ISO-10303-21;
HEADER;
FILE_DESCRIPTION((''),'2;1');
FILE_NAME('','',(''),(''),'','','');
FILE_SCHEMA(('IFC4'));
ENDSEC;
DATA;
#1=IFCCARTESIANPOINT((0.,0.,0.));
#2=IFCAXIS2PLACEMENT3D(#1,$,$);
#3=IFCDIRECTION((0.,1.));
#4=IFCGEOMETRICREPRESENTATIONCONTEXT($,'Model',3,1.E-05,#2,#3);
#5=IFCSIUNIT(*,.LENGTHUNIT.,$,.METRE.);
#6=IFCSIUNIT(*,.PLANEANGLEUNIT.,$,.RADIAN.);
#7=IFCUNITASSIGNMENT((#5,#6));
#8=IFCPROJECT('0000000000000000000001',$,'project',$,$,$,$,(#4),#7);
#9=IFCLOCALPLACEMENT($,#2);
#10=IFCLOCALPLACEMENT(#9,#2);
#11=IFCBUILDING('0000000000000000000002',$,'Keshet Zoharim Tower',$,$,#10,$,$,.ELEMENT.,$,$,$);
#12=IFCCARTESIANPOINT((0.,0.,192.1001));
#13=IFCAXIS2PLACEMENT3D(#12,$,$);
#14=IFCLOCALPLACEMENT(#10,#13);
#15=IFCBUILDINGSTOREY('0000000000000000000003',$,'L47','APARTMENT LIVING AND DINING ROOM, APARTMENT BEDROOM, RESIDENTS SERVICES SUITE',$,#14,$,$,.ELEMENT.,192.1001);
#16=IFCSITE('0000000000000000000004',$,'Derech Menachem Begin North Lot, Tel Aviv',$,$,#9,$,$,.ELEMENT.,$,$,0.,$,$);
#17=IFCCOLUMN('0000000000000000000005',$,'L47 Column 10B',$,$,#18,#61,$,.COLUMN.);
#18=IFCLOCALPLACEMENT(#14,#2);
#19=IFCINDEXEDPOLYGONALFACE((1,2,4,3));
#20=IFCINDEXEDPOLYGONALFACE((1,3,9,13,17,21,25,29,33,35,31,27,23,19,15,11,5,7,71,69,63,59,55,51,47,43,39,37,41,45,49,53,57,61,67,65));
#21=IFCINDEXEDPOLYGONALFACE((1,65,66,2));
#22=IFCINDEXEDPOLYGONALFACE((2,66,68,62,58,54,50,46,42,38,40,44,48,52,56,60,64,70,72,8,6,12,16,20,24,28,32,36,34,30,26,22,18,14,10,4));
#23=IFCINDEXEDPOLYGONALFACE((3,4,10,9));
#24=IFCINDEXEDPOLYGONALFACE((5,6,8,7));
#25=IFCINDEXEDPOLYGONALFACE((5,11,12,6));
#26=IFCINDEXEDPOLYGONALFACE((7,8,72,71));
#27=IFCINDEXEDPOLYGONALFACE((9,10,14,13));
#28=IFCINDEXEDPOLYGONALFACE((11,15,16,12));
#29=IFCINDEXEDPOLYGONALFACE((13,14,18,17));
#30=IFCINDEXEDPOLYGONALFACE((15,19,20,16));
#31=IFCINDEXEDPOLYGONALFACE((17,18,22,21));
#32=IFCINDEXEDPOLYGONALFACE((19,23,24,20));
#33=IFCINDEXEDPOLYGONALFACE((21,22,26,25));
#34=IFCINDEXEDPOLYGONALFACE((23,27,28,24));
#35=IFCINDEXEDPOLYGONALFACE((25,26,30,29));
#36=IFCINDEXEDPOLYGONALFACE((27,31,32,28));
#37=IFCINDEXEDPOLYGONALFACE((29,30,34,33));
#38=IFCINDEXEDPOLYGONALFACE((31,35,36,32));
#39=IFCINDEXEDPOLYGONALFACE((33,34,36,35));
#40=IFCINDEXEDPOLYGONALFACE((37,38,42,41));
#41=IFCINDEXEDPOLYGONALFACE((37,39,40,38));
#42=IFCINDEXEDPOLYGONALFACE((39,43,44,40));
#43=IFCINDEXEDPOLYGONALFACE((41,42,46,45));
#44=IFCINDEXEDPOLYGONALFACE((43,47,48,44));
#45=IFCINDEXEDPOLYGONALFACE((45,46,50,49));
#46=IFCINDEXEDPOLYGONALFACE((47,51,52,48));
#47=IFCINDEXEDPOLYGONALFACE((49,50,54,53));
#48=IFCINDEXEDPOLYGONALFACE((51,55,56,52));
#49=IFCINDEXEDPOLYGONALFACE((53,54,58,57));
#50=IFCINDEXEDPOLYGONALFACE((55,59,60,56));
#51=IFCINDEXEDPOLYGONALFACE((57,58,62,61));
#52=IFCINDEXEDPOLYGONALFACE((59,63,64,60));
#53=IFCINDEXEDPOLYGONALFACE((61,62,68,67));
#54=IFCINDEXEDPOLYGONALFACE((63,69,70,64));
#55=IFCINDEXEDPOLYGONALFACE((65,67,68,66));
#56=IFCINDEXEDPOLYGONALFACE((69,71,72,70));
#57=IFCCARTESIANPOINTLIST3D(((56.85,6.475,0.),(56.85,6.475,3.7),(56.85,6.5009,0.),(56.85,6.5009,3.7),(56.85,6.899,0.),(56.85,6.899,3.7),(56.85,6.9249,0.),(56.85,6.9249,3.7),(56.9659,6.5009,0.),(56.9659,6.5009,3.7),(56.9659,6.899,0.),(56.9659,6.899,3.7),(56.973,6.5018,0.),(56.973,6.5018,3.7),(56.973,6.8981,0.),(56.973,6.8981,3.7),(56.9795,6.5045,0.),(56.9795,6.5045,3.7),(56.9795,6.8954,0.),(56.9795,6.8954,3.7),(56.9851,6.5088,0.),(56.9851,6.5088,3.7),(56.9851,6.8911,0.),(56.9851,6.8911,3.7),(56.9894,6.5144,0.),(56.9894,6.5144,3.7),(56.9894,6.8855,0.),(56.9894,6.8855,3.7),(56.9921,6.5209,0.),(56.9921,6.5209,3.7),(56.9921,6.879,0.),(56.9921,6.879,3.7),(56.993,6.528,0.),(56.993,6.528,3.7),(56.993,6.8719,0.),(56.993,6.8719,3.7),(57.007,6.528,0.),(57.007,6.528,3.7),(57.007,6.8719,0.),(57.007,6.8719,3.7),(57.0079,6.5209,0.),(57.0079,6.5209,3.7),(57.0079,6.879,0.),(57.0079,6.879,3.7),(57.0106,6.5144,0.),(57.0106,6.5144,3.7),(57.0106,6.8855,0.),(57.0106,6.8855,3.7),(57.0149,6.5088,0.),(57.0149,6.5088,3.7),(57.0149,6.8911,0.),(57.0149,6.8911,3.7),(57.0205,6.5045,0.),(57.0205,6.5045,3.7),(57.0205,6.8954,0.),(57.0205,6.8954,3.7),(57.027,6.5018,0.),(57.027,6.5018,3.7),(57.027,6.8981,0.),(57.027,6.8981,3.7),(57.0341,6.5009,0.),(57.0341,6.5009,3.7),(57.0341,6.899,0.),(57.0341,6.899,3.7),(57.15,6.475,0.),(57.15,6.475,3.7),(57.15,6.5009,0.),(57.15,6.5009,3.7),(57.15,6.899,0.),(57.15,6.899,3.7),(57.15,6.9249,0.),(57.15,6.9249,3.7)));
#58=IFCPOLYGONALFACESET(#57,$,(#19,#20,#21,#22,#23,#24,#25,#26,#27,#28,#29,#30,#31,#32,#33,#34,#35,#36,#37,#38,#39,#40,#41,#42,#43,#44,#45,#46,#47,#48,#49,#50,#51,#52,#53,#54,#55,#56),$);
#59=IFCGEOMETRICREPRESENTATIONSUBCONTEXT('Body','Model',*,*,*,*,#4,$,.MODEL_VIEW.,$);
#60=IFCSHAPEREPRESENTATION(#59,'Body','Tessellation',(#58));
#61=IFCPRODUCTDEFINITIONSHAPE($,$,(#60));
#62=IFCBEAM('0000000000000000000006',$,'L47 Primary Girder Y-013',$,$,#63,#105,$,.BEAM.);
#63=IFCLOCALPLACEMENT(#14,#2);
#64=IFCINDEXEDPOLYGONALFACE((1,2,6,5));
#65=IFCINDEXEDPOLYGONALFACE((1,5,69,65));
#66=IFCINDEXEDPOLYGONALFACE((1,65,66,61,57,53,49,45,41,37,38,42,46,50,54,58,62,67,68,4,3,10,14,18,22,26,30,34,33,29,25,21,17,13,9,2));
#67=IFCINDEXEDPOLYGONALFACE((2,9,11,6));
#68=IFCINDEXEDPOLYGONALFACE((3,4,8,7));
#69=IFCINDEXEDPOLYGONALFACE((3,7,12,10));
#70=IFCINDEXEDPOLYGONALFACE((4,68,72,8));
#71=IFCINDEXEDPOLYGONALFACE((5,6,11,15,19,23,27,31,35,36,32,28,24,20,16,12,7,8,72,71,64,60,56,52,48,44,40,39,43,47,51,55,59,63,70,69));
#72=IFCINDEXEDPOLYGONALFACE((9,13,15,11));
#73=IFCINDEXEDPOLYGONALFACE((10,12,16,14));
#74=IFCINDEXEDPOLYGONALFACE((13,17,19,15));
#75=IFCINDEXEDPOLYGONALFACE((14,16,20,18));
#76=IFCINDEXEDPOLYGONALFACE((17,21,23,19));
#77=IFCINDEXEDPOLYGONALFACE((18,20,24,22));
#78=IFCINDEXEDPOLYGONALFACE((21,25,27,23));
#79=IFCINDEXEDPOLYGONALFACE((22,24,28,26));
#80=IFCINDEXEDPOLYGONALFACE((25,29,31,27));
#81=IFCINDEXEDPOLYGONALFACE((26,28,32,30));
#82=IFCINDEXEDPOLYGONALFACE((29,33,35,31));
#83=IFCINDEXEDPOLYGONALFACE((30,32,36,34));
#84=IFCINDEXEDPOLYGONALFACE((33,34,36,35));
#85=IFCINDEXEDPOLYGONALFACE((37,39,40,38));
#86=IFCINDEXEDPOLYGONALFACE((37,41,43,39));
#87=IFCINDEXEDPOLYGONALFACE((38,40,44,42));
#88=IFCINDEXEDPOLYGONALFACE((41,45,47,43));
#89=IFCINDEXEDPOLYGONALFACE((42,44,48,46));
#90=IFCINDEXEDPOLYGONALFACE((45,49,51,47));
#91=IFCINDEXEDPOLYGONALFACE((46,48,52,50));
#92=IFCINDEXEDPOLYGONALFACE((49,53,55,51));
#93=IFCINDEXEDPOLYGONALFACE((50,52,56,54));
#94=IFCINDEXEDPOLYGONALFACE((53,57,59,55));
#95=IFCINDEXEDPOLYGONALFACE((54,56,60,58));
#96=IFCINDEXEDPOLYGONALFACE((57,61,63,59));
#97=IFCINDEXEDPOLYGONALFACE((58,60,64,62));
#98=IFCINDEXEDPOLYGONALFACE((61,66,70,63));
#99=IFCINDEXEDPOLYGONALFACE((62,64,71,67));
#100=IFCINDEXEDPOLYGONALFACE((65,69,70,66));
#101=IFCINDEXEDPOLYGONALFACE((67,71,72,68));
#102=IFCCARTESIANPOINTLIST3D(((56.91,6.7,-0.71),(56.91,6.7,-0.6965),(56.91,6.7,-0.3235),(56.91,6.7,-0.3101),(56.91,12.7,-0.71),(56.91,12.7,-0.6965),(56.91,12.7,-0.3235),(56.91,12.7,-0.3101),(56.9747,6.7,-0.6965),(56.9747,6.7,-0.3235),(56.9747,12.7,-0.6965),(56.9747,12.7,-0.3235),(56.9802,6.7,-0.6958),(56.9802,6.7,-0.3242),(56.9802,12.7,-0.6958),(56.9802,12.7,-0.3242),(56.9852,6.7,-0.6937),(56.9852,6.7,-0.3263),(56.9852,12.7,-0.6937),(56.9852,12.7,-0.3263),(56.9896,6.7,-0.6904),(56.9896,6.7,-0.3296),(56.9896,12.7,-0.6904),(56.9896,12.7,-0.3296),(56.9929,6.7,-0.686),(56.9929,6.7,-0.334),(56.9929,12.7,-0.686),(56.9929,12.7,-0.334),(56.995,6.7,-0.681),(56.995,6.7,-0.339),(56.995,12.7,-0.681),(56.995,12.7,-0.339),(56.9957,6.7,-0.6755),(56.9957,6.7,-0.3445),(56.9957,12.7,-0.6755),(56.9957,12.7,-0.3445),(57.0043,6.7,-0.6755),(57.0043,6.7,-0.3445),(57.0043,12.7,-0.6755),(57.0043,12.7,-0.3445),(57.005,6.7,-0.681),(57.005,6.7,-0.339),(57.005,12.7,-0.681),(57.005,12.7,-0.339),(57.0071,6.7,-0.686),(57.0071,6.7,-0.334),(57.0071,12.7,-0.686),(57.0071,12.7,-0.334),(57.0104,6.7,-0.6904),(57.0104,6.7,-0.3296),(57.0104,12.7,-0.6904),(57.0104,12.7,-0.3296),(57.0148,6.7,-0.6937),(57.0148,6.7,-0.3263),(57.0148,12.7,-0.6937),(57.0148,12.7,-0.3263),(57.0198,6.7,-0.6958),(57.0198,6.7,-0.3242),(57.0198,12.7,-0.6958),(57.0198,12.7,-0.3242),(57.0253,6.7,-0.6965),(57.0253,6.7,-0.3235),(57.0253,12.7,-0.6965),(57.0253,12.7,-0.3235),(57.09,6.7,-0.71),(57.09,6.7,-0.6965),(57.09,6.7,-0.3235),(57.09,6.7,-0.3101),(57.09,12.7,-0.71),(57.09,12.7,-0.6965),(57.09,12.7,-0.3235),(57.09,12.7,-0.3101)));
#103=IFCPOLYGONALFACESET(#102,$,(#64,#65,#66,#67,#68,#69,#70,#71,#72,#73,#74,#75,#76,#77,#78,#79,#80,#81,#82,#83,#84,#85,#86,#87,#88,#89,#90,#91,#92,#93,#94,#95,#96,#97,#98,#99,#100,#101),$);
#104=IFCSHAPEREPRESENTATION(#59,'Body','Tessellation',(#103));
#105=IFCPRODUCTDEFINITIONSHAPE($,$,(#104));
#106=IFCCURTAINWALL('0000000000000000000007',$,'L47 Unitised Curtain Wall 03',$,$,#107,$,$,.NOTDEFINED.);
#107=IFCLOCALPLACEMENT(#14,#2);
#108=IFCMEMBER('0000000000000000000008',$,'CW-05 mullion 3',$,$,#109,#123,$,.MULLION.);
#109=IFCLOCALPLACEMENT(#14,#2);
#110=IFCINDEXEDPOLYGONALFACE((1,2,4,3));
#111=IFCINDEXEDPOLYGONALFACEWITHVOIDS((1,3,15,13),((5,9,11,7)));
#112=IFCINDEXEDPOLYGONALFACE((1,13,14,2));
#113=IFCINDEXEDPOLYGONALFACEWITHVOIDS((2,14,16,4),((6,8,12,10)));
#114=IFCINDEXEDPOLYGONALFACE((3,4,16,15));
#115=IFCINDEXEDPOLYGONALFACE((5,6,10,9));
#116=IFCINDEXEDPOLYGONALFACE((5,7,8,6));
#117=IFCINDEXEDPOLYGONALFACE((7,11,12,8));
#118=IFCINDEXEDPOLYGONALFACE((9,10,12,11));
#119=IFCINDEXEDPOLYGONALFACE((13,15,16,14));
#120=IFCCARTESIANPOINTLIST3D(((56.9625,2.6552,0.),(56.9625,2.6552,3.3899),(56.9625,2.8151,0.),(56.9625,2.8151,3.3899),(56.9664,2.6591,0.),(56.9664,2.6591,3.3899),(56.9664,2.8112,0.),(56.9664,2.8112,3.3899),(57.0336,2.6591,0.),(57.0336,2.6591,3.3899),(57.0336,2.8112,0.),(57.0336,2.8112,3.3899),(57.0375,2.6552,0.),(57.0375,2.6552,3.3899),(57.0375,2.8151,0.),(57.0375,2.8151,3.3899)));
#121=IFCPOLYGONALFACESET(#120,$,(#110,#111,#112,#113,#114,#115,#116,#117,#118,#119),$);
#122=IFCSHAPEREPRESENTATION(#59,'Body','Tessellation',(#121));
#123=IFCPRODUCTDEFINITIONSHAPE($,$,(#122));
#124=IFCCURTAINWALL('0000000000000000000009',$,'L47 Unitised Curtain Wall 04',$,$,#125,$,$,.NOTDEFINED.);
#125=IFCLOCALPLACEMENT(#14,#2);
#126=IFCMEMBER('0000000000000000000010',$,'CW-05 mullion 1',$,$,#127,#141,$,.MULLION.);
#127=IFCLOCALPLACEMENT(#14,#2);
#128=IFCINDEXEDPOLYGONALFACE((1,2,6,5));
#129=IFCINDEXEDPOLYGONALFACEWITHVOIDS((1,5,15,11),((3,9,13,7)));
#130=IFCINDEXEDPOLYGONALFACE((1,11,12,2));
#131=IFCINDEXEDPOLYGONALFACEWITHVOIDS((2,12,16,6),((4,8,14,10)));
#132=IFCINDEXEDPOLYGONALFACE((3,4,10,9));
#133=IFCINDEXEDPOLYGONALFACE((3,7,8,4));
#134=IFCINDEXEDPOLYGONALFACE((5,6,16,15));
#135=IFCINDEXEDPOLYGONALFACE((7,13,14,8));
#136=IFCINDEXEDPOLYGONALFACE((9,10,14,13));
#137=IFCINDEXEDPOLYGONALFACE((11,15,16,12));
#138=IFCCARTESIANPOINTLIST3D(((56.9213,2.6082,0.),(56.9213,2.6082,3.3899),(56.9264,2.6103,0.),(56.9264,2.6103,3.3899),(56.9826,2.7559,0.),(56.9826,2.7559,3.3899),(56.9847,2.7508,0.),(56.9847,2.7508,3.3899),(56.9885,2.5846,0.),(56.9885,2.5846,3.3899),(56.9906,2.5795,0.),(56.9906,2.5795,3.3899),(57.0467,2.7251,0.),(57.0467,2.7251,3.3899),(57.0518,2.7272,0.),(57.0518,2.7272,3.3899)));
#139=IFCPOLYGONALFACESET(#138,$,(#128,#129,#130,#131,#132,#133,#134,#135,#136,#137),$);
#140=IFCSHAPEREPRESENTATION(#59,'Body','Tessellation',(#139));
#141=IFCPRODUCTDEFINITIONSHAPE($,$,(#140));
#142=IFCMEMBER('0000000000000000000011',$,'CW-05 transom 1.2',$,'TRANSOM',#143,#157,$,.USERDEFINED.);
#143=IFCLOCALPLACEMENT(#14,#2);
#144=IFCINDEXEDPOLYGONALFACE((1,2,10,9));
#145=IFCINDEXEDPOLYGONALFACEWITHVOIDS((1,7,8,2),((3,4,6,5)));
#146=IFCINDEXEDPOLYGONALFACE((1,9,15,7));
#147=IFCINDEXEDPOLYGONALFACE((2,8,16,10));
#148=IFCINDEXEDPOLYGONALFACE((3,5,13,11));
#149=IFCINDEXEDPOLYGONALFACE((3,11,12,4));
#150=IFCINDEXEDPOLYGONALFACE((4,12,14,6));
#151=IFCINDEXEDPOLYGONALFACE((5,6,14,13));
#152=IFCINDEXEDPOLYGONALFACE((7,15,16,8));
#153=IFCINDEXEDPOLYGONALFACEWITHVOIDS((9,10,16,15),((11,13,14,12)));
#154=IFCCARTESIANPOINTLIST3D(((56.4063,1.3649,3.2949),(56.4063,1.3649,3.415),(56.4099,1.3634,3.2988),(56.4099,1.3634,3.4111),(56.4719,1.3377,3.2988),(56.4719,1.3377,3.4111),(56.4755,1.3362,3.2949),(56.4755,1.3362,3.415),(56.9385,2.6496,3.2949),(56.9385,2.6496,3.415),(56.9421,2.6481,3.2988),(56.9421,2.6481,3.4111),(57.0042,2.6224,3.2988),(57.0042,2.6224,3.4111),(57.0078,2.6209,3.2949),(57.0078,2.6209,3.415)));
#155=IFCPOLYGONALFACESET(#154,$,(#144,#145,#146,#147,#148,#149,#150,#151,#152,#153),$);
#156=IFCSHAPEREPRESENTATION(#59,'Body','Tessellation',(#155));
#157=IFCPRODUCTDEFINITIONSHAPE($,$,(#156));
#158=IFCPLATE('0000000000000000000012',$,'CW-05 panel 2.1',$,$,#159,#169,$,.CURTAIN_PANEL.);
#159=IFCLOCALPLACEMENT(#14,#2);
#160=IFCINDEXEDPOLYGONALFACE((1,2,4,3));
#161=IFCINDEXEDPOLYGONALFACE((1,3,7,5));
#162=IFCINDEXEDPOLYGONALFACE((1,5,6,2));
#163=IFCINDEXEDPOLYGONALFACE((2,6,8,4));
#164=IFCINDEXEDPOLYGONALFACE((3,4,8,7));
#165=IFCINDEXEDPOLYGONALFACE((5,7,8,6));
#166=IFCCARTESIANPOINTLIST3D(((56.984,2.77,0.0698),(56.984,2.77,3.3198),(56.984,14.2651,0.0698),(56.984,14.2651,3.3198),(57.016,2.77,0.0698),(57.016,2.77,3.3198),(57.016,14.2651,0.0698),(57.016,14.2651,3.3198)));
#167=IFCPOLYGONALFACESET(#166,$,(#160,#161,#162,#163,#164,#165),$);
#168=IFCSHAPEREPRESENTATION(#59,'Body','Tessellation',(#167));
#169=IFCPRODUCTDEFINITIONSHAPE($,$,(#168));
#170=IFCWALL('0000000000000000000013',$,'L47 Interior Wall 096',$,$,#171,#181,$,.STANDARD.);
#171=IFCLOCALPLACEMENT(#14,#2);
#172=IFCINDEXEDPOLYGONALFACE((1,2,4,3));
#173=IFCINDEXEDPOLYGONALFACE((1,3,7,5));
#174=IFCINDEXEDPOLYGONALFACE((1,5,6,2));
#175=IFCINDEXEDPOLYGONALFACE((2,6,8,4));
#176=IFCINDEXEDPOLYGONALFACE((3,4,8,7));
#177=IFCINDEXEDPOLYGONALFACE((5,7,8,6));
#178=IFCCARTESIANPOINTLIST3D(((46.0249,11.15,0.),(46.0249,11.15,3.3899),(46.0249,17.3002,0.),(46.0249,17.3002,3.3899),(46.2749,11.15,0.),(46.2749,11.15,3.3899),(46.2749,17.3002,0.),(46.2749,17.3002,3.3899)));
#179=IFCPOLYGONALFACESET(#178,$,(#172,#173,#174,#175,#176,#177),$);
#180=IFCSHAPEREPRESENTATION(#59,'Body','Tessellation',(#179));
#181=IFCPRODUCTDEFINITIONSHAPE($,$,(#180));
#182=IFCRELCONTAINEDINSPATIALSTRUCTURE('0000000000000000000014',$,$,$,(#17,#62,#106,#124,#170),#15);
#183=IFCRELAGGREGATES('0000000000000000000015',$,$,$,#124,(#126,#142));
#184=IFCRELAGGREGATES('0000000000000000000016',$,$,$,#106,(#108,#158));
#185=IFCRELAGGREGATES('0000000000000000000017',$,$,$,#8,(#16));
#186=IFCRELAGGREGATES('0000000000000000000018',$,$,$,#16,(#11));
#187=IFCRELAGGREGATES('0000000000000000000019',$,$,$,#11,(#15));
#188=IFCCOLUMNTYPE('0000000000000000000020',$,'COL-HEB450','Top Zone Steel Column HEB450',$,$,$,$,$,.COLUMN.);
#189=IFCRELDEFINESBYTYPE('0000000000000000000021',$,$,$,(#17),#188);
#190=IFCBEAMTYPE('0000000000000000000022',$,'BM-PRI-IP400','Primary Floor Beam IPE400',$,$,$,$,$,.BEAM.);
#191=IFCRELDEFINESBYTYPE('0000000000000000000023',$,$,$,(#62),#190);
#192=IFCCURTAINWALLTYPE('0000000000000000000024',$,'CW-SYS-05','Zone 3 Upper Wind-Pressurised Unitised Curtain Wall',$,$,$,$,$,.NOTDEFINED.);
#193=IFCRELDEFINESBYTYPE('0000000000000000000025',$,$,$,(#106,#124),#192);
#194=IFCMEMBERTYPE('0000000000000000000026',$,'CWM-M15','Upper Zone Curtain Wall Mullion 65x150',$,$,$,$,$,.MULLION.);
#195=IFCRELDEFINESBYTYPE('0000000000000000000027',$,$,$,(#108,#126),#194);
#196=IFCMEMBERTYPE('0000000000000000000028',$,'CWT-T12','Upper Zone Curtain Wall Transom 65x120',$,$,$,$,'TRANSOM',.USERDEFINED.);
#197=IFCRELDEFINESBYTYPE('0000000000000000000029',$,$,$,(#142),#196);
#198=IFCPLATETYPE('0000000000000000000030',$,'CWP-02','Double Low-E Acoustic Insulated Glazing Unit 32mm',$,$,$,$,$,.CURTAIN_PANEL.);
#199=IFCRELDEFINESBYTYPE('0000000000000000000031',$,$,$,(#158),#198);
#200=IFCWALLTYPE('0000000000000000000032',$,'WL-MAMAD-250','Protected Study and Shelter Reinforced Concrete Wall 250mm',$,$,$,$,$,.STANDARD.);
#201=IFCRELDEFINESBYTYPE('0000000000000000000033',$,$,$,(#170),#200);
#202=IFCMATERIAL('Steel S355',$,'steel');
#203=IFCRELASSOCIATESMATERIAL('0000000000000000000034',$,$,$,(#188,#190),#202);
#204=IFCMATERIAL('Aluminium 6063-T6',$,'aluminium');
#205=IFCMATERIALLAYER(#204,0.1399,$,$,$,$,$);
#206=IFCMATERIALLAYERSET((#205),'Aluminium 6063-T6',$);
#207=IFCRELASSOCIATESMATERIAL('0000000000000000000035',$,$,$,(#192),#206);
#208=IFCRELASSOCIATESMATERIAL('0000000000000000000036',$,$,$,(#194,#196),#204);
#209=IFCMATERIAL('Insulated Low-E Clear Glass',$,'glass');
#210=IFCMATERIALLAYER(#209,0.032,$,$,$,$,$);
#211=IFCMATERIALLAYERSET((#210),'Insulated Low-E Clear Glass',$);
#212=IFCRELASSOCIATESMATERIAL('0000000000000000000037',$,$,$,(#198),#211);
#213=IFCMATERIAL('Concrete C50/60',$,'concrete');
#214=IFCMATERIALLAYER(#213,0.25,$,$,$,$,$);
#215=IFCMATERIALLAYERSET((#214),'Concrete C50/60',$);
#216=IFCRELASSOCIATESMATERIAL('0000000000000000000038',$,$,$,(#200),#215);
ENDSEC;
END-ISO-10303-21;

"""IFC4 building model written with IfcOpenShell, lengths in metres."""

from ifc_helpers import new_model, si_unit, direction, frame, frame_2d, origin, origin_2d, place, context, subcontext, project, spatial, rectangle, hollow_rectangle, i_section, extrude, material, layer, layer_set, material_profile, profile_set, type_object, element, aggregate, save


model = new_model("IFC4")

# Units and contexts
model_context = context("Model", 3, precision=1e-05, world=origin(), true_north=direction((0.0, 1.0)))
body_context = subcontext(model_context, "Body", "Model", "MODEL_VIEW")
ifc_project = project(units=[si_unit("LENGTHUNIT", "METRE"), si_unit("PLANEANGLEUNIT", "RADIAN")], contexts=[model_context])

# Site, building, storey
site_placement = place(None, origin())
site = spatial("IfcSite", under=ifc_project, at=site_placement, Name="Derech Menachem Begin North Lot, Tel Aviv", CompositionType="ELEMENT", RefElevation=0.0)
building_placement = place(site_placement, origin())
building = spatial("IfcBuilding", under=site, at=building_placement, Name="Keshet Zoharim Tower", CompositionType="ELEMENT")
storey_placement = place(building_placement, frame((0.0, 0.0, 192.1001)))
storey = spatial("IfcBuildingStorey", under=building, at=storey_placement, Name="L47", Description="APARTMENT LIVING AND DINING ROOM, APARTMENT BEDROOM, RESIDENTS SERVICES SUITE", CompositionType="ELEMENT", Elevation=192.1001)

# Column
ifc_material_1 = material(Name="Steel S355", Category="steel")
ifc_material_profile_1 = material_profile(ifc_material_1, i_section(OverallWidth=0.3, OverallDepth=0.45, WebThickness=0.0139, FlangeThickness=0.0259, FilletRadius=0.0271, at=origin_2d()), Name="HEB450")
ifc_profile_set_1 = profile_set([ifc_material_profile_1], Name="Steel S355")
column_type = type_object("IfcColumnType", Name="COL-HEB450", Description="Top Zone Steel Column HEB450", PredefinedType="COLUMN", material=ifc_profile_set_1)
column_placement = place(storey_placement, frame((57.0, 6.7, 0.0), z_axis=(0.0, 0.0, 1.0), x_axis=(1.0, 0.0, 0.0)))
element("IfcColumn", 1, at=column_placement, inside=storey, type_object=column_type, Name="L47 Column 10B", PredefinedType="COLUMN", context=body_context, shape_type="SweptSolid", body=[
    extrude(i_section(OverallWidth=0.3, OverallDepth=0.45, WebThickness=0.0139, FlangeThickness=0.0259, FilletRadius=0.0271, at=origin_2d()), origin(), (0.0, 0.0, 1.0), 3.7),
])

# Beam
ifc_material_profile_2 = material_profile(ifc_material_1, i_section(OverallWidth=0.1799, OverallDepth=0.3999, WebThickness=0.0085, FlangeThickness=0.0134, FilletRadius=0.021, at=origin_2d()), Name="IPE400")
ifc_profile_set_2 = profile_set([ifc_material_profile_2], Name="Steel S355")
beam_type = type_object("IfcBeamType", Name="BM-PRI-IP400", Description="Primary Floor Beam IPE400", PredefinedType="BEAM", material=ifc_profile_set_2)
beam_placement = place(storey_placement, frame((57.0, 6.7, -0.51), z_axis=(0.0, 1.0, 0.0), x_axis=(-1.0, 0.0, 0.0)))
element("IfcBeam", 2, at=beam_placement, inside=storey, type_object=beam_type, Name="L47 Primary Girder Y-013", PredefinedType="BEAM", context=body_context, shape_type="SweptSolid", body=[
    extrude(i_section(OverallWidth=0.1799, OverallDepth=0.3999, WebThickness=0.0085, FlangeThickness=0.0134, FilletRadius=0.021, at=origin_2d()), origin(), (0.0, 0.0, 1.0), 6.0),
])

# Curtain wall, member
ifc_material_2 = material(Name="Aluminium 6063-T6", Category="aluminium")
ifc_layer_1 = layer(ifc_material_2, 0.1399)
ifc_layer_set_1 = layer_set([ifc_layer_1], Name="Aluminium 6063-T6")
curtain_wall_type = type_object("IfcCurtainWallType", Name="CW-SYS-05", Description="Zone 3 Upper Wind-Pressurised Unitised Curtain Wall", PredefinedType="NOTDEFINED", material=ifc_layer_set_1)
curtain_wall_1_placement = place(storey_placement, origin())
curtain_wall_1 = element("IfcCurtainWall", 3, at=curtain_wall_1_placement, inside=storey, type_object=curtain_wall_type, Name="L47 Unitised Curtain Wall 03", PredefinedType="NOTDEFINED")
ifc_material_profile_3 = material_profile(ifc_material_2, hollow_rectangle(XDim=0.075, YDim=0.1599, WallThickness=0.0039, at=origin_2d()), Name="MUL-75x160")
ifc_profile_set_3 = profile_set([ifc_material_profile_3], Name="Aluminium 6063-T6")
member_type_1 = type_object("IfcMemberType", Name="CWM-M15", Description="Upper Zone Curtain Wall Mullion 65x150", PredefinedType="MULLION", material=ifc_profile_set_3)
member_1_placement = place(storey_placement, frame((57.0, 2.7351, 0.0), z_axis=(0.0, 0.0, 1.0), x_axis=(1.0, 0.0, 0.0)))
member_1 = element("IfcMember", 4, at=member_1_placement, type_object=member_type_1, Name="CW-05 mullion 3", PredefinedType="MULLION", context=body_context, shape_type="SweptSolid", body=[
    extrude(hollow_rectangle(XDim=0.075, YDim=0.1599, WallThickness=0.0039, at=origin_2d()), origin(), (0.0, 0.0, 1.0), 3.3899),
])

# Curtain wall, members
curtain_wall_2_placement = place(storey_placement, origin())
curtain_wall_2 = element("IfcCurtainWall", 5, at=curtain_wall_2_placement, inside=storey, type_object=curtain_wall_type, Name="L47 Unitised Curtain Wall 04", PredefinedType="NOTDEFINED")
member_2_placement = place(storey_placement, frame((56.9866, 2.6677, 0.0), z_axis=(0.0, 0.0, 1.0), x_axis=(0.92381, -0.382852, 0.0)))
member_2 = element("IfcMember", 6, at=member_2_placement, type_object=member_type_1, Name="CW-05 mullion 1", PredefinedType="MULLION", context=body_context, shape_type="SweptSolid", body=[
    extrude(hollow_rectangle(XDim=0.075, YDim=0.1599, WallThickness=0.0039, at=origin_2d()), origin(), (0.0, 0.0, 1.0), 3.3899),
])
ifc_material_profile_4 = material_profile(ifc_material_2, hollow_rectangle(XDim=0.075, YDim=0.1201, WallThickness=0.0039, at=origin_2d()), Name="TRN-75x120")
ifc_profile_set_4 = profile_set([ifc_material_profile_4], Name="Aluminium 6063-T6")
member_type_2 = type_object("IfcMemberType", Name="CWT-T12", Description="Upper Zone Curtain Wall Transom 65x120", ElementType="TRANSOM", PredefinedType="USERDEFINED", material=ifc_profile_set_4)
member_3_placement = place(storey_placement, frame((56.9731, 2.6353, 3.355), z_axis=(-0.382745, -0.923854, 0.0), x_axis=(0.923854, -0.382745, 0.0)))
member_3 = element("IfcMember", 7, at=member_3_placement, type_object=member_type_2, Name="CW-05 transom 1.2", ObjectType="TRANSOM", PredefinedType="USERDEFINED", context=body_context, shape_type="SweptSolid", body=[
    extrude(hollow_rectangle(XDim=0.075, YDim=0.1201, WallThickness=0.0039, at=origin_2d()), origin(), (0.0, 0.0, 1.0), 1.3906),
])
aggregate(curtain_wall_2, [member_2, member_3])

# Plate
ifc_material_3 = material(Name="Insulated Low-E Clear Glass", Category="glass")
ifc_layer_2 = layer(ifc_material_3, 0.032)
ifc_layer_set_2 = layer_set([ifc_layer_2], Name="Insulated Low-E Clear Glass")
plate_type = type_object("IfcPlateType", Name="CWP-02", Description="Double Low-E Acoustic Insulated Glazing Unit 32mm", PredefinedType="CURTAIN_PANEL", material=ifc_layer_set_2)
plate_placement = place(storey_placement, frame((57.0, 8.5176, 0.0698), z_axis=(0.0, 0.0, 1.0), x_axis=(0.0, -1.0, 0.0)))
plate = element("IfcPlate", 8, at=plate_placement, type_object=plate_type, Name="CW-05 panel 2.1", PredefinedType="CURTAIN_PANEL", context=body_context, shape_type="SweptSolid", body=[
    extrude(rectangle(XDim=11.4951, YDim=0.032, at=origin_2d()), origin(), (0.0, 0.0, 1.0), 3.25),
])
aggregate(curtain_wall_1, [member_1, plate])

# Wall
ifc_material_4 = material(Name="Concrete C50/60", Category="concrete")
ifc_layer_3 = layer(ifc_material_4, 0.25)
ifc_layer_set_3 = layer_set([ifc_layer_3], Name="Concrete C50/60")
wall_type_1 = type_object("IfcWallType", Name="WL-MAMAD-250", Description="Protected Study and Shelter Reinforced Concrete Wall 250mm", PredefinedType="STANDARD", material=ifc_layer_set_3)
for number, where, z_axis, x_axis, name in (
    (9, (46.1499, 11.1499, 0.0), (0.0, 0.0, 1.0), (0.0, 1.0, 0.0), "L47 Interior Wall 096"),
):
    element("IfcWall", number, at=place(storey_placement, frame(where, z_axis=z_axis, x_axis=x_axis)), inside=storey, type_object=wall_type_1, Name=name, PredefinedType="STANDARD", context=body_context, shape_type="SweptSolid", body=[
        extrude(rectangle(XDim=6.1501, YDim=0.25, at=frame_2d((3.0752, 0.0))), origin(), (0.0, 0.0, 1.0), 3.3899),
    ])

save(model, "model.ifc")
